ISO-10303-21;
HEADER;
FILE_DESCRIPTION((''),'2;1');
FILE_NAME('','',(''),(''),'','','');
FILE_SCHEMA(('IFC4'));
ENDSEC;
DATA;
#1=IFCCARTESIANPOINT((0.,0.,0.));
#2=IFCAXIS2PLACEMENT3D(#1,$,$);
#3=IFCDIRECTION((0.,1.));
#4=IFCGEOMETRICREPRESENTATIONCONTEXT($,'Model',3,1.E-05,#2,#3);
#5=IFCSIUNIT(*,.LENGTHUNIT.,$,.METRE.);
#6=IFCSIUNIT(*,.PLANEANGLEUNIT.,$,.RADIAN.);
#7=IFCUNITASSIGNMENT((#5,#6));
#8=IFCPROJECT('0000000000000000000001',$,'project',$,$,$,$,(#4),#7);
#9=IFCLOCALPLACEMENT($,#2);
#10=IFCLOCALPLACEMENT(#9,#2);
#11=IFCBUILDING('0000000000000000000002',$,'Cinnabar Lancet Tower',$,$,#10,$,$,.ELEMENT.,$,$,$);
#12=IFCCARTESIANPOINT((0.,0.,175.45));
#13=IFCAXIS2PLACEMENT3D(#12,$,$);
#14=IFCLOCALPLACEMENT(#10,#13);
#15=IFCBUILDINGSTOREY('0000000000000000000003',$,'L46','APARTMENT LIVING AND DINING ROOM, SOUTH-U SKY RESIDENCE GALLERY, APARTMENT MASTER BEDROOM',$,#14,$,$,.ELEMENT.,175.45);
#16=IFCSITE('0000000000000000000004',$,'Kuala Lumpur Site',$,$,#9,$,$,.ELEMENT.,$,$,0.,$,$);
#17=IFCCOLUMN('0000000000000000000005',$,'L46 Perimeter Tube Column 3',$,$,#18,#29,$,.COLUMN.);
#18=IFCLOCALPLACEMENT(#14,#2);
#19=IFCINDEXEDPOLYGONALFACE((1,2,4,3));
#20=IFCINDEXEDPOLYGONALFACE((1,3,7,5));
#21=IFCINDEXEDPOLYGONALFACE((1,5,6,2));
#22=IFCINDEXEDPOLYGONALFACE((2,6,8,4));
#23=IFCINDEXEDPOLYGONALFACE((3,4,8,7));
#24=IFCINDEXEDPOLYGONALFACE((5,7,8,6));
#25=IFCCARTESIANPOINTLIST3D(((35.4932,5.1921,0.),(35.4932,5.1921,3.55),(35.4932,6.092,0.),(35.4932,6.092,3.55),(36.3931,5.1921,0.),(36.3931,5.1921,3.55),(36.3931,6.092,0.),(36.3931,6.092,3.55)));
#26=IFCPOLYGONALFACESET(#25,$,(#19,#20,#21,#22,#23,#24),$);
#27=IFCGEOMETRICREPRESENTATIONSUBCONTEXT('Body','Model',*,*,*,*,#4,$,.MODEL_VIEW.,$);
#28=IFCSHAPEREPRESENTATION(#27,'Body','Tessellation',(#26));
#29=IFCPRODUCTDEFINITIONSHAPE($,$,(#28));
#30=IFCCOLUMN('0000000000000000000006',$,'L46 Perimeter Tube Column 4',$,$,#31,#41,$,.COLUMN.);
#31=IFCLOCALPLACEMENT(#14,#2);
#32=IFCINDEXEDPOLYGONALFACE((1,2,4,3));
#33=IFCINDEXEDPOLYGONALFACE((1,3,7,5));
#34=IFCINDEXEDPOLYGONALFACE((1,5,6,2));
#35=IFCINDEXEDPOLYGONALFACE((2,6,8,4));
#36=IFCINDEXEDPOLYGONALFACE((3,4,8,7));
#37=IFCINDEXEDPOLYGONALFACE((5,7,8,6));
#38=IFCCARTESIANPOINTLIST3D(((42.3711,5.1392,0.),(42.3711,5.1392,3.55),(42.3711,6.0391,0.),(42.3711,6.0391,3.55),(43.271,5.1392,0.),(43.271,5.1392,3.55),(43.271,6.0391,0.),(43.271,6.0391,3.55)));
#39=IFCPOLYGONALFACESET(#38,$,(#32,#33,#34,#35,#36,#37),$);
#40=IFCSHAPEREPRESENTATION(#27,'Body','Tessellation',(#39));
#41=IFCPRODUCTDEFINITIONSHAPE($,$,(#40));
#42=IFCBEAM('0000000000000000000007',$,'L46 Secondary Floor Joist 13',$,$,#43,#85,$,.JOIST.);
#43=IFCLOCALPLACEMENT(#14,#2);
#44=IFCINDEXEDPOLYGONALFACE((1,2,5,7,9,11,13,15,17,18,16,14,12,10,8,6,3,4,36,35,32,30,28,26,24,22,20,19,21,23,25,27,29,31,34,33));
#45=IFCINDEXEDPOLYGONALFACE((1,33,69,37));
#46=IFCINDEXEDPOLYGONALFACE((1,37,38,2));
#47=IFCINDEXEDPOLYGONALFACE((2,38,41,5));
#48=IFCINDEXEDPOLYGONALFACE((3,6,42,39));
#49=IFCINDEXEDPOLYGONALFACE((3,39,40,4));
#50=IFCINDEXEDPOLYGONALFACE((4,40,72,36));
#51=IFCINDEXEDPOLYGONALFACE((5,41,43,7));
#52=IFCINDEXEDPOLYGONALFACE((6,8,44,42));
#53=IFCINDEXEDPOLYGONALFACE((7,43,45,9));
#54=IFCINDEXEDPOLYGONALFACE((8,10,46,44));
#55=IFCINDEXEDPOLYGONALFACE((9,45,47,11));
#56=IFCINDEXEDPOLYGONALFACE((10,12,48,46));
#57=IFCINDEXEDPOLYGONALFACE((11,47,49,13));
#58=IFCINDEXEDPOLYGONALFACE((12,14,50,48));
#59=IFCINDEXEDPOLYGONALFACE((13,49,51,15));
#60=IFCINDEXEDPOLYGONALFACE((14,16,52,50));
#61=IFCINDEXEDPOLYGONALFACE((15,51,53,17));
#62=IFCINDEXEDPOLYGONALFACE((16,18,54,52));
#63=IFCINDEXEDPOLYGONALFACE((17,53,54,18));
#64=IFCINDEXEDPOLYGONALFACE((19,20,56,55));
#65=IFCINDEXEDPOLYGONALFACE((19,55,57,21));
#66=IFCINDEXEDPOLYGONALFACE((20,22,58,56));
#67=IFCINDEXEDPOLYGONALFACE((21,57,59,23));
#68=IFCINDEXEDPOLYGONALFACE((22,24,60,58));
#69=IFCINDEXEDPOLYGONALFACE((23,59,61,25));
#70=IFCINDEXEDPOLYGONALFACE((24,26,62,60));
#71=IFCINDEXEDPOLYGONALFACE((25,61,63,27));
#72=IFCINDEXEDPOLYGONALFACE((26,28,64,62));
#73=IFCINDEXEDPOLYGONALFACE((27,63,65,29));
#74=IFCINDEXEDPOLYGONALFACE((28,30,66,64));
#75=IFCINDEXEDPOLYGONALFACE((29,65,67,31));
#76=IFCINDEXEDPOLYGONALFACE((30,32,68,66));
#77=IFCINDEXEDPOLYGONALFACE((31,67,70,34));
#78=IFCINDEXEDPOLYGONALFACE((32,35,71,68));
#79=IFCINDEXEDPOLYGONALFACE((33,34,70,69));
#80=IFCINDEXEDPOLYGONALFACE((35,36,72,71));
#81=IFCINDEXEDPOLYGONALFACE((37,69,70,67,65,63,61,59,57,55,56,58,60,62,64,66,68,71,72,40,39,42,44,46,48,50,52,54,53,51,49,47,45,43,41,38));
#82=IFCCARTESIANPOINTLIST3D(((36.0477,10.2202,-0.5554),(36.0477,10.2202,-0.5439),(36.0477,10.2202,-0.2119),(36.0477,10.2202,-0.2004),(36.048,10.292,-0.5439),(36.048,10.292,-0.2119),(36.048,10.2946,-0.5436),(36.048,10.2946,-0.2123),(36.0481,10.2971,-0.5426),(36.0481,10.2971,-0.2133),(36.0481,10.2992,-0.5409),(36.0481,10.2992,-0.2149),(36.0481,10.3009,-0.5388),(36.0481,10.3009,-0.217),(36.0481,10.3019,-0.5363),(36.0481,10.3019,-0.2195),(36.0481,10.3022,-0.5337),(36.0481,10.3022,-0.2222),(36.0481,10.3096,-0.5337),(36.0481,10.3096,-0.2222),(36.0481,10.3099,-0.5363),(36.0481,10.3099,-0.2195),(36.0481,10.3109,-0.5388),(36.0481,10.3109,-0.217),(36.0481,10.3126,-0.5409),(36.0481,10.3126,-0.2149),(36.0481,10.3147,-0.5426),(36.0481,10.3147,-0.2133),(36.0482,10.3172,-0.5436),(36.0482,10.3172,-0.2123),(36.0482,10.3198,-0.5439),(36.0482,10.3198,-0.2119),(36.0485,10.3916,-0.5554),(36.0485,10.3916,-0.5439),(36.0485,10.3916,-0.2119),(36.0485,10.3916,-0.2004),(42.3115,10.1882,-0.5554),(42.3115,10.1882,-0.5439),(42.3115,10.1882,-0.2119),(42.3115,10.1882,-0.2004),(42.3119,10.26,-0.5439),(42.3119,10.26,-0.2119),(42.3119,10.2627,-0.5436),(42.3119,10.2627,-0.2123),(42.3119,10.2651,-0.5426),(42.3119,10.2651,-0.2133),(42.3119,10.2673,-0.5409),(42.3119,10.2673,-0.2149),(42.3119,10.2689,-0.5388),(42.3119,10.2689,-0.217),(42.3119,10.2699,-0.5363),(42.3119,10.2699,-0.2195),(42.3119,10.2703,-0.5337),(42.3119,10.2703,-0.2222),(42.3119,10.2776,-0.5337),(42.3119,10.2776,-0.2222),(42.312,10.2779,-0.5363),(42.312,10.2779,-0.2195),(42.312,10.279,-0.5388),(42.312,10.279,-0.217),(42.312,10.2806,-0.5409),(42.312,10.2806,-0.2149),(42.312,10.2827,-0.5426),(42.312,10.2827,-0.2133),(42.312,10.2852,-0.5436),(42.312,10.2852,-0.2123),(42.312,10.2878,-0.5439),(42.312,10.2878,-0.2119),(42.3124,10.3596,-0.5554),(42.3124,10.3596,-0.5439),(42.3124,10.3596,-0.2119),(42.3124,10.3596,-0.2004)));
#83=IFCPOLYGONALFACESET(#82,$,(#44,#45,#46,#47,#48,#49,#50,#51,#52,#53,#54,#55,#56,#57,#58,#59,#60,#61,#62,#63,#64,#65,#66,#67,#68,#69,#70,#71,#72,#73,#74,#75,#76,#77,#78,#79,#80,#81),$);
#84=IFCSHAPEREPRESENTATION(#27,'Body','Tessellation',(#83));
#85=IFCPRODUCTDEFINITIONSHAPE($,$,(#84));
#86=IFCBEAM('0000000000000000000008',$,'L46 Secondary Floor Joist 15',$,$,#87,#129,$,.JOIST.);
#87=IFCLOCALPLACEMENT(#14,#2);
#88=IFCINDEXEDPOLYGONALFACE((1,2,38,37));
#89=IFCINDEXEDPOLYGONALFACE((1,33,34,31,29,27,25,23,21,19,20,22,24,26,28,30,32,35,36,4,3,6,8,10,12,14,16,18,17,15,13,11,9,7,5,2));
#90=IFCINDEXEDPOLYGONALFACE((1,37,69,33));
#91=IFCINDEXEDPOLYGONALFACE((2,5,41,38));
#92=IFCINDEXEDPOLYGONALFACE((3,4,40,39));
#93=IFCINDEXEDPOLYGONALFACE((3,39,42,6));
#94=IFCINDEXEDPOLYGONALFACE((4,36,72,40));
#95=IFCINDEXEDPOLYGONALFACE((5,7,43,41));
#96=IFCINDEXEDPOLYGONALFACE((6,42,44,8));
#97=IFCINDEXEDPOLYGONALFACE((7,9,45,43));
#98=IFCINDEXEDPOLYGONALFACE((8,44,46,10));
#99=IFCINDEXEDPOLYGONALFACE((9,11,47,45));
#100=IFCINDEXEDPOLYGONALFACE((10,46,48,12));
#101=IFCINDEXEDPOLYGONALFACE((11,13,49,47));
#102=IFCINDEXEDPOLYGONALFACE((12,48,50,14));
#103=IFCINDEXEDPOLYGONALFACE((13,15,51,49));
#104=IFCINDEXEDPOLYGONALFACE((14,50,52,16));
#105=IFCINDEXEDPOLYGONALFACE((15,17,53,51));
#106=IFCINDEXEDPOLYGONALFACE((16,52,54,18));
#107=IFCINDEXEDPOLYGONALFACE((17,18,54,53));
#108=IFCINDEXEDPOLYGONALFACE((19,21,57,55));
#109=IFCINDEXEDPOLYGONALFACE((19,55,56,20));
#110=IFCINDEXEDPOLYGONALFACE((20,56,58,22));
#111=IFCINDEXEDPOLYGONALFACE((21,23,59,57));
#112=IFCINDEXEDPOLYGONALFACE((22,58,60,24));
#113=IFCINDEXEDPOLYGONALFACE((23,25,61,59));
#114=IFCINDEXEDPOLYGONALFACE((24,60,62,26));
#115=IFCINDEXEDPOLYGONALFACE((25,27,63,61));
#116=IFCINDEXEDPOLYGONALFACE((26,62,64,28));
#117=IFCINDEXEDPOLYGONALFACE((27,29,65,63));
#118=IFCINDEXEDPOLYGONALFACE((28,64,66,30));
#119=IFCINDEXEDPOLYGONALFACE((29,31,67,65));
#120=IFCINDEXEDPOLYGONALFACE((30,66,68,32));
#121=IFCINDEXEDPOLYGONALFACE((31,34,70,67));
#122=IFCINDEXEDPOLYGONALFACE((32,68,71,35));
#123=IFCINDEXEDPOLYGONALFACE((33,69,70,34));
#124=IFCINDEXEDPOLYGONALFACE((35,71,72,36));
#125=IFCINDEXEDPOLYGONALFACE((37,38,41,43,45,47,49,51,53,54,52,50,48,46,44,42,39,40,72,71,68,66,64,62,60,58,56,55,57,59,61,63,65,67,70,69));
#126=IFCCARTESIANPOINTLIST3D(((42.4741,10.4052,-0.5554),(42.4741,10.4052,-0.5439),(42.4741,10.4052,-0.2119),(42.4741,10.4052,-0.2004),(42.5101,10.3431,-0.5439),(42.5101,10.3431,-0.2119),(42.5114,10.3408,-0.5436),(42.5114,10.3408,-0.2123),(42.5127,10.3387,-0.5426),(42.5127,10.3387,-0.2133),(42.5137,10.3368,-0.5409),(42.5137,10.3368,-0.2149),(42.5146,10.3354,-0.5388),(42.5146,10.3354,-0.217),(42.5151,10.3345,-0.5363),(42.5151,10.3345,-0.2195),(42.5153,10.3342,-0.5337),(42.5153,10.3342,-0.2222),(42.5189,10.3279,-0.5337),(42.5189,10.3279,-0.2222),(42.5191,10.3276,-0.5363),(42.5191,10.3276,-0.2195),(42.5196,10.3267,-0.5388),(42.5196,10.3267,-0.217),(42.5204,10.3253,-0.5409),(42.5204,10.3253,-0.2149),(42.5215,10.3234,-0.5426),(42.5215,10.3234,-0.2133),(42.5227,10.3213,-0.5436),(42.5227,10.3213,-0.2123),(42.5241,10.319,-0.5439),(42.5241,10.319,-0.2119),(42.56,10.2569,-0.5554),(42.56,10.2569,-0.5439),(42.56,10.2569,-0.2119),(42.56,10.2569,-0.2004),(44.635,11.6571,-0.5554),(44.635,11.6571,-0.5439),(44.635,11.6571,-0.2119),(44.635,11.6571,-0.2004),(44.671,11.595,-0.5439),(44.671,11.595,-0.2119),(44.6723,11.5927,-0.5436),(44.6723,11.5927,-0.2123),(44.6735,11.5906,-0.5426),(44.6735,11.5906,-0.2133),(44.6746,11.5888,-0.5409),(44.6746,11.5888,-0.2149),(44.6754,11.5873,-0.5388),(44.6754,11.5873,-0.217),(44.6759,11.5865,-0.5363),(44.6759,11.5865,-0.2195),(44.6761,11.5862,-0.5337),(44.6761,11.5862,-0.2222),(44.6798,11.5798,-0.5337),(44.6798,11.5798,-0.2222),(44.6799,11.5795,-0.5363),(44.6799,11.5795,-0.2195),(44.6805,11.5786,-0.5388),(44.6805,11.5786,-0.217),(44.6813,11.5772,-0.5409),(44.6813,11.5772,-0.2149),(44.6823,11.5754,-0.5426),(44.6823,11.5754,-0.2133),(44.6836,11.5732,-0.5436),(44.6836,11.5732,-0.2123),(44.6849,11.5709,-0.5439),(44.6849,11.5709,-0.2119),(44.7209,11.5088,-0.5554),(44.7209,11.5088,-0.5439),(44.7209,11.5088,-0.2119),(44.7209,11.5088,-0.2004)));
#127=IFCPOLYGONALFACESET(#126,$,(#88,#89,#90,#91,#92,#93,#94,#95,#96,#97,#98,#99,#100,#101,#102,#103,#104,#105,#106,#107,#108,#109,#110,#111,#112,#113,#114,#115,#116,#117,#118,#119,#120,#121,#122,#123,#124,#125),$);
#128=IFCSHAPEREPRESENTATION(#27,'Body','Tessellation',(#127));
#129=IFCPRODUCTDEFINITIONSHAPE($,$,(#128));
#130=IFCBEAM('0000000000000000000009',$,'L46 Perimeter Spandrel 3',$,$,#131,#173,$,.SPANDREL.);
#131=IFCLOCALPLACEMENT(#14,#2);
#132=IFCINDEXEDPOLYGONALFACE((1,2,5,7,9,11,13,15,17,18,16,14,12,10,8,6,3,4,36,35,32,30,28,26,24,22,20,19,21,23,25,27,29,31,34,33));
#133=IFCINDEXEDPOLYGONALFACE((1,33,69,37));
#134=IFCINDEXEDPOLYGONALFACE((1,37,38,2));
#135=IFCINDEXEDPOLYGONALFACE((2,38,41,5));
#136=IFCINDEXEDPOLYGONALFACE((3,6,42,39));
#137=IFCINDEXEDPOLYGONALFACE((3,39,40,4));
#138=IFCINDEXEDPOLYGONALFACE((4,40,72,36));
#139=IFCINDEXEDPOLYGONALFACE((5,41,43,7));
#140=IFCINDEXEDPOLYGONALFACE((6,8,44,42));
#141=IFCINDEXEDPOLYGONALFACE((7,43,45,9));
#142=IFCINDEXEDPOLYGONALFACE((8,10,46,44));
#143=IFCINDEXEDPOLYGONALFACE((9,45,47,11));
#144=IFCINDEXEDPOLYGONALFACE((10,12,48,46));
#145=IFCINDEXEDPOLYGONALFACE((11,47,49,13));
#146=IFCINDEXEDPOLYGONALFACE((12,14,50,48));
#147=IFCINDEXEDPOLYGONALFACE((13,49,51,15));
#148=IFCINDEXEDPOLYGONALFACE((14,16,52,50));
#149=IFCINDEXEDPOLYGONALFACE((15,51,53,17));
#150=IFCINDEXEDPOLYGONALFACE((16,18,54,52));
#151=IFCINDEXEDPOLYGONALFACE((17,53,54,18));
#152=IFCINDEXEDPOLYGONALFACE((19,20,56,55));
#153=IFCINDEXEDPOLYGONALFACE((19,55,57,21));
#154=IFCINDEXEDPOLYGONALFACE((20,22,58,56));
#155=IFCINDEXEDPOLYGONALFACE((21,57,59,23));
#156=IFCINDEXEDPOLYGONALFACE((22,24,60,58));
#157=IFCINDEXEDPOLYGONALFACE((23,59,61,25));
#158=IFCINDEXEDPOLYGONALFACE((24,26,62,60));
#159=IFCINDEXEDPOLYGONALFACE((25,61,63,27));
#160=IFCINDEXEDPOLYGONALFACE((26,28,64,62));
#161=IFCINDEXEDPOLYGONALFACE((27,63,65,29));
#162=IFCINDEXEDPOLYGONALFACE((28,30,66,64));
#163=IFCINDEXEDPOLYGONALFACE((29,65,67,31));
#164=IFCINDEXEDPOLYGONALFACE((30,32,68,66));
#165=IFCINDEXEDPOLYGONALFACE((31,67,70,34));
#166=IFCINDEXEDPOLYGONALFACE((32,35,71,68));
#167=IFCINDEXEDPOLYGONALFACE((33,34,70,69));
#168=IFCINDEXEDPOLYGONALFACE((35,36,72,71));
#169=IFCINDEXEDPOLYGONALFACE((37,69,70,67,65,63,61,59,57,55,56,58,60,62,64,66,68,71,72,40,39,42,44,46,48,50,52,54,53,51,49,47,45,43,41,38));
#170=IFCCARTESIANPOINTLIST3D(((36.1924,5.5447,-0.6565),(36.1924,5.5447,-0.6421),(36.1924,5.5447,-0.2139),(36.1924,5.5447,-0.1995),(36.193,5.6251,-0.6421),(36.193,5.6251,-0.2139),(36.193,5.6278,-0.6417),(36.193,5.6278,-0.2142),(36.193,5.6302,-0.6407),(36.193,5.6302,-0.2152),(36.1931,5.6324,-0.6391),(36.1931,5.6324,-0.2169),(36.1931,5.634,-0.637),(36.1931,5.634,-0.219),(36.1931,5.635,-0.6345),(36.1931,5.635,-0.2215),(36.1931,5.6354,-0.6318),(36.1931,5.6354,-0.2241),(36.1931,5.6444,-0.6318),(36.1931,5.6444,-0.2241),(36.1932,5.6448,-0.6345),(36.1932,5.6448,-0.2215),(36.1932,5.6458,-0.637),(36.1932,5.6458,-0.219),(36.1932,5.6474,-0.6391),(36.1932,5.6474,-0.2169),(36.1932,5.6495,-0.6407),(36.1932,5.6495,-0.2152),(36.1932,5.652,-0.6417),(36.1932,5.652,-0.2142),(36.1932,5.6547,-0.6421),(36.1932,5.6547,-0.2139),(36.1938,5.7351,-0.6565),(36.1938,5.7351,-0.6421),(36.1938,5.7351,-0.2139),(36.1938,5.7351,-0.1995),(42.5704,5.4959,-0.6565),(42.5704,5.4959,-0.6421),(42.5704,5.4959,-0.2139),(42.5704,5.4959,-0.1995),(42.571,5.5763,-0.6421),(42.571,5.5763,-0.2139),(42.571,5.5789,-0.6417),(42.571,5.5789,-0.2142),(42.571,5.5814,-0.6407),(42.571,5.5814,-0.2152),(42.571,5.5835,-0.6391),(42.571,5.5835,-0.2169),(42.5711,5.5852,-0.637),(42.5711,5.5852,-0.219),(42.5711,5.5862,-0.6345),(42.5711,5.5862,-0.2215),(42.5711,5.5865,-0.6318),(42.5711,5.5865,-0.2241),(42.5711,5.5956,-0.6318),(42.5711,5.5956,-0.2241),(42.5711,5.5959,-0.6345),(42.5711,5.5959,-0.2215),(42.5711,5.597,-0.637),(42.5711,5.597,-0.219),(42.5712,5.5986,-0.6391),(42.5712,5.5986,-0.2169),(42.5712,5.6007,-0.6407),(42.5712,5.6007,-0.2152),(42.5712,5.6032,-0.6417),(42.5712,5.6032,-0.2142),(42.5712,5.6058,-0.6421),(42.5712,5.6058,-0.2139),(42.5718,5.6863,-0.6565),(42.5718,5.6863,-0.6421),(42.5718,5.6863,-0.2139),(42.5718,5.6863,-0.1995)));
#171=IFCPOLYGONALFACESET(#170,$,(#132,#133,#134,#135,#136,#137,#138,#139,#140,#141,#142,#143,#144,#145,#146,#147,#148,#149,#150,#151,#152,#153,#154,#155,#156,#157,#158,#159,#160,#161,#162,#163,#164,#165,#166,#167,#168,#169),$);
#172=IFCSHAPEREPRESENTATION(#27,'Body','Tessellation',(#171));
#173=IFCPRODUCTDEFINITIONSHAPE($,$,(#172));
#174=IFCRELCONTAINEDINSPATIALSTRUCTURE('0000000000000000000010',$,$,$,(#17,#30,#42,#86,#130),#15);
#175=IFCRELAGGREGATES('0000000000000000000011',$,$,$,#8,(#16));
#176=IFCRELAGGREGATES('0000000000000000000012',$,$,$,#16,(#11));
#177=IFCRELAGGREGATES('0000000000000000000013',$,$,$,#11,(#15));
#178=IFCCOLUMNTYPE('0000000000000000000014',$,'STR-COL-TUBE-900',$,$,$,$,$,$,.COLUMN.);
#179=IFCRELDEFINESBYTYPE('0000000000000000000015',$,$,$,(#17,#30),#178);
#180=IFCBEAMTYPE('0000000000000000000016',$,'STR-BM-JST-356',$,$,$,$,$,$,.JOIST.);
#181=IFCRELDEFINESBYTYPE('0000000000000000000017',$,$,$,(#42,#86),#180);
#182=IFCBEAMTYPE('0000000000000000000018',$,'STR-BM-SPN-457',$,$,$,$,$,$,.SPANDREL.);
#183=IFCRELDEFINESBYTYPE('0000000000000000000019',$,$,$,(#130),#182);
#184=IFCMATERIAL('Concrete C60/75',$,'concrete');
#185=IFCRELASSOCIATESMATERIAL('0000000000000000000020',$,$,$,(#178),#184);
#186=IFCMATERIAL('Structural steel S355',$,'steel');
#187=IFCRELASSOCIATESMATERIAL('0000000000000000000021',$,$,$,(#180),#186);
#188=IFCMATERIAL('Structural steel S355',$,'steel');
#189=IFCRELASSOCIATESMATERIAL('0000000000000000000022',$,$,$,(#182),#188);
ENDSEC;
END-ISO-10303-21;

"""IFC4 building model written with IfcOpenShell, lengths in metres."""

from ifc_helpers import new_model, si_unit, direction, frame, origin, origin_2d, place, context, subcontext, project, spatial, rectangle, i_section, extrude, material, material_profile, profile_set, type_object, element, save


model = new_model("IFC4")

# Units and contexts
model_context = context("Model", 3, precision=1e-05, world=origin(), true_north=direction((0.0, 1.0)))
body_context = subcontext(model_context, "Body", "Model", "MODEL_VIEW")
ifc_project = project(units=[si_unit("LENGTHUNIT", "METRE"), si_unit("PLANEANGLEUNIT", "RADIAN")], contexts=[model_context])

# Site, building, storey
site_placement = place(None, origin())
site = spatial("IfcSite", under=ifc_project, at=site_placement, Name="Kuala Lumpur Site", CompositionType="ELEMENT", RefElevation=0.0)
building_placement = place(site_placement, origin())
building = spatial("IfcBuilding", under=site, at=building_placement, Name="Cinnabar Lancet Tower", CompositionType="ELEMENT")
storey_placement = place(building_placement, frame((0.0, 0.0, 175.45)))
storey = spatial("IfcBuildingStorey", under=building, at=storey_placement, Name="L46", Description="APARTMENT LIVING AND DINING ROOM, SOUTH-U SKY RESIDENCE GALLERY, APARTMENT MASTER BEDROOM", CompositionType="ELEMENT", Elevation=175.45)

# Columns
ifc_material_1 = material(Name="Concrete C60/75", Category="concrete")
ifc_material_profile_1 = material_profile(ifc_material_1, rectangle(XDim=0.8999, YDim=0.8999, at=origin_2d()), Name="RC-COL 900x900")
ifc_profile_set_1 = profile_set([ifc_material_profile_1], Name="Concrete C60/75")
column_type = type_object("IfcColumnType", Name="STR-COL-TUBE-900", PredefinedType="COLUMN", material=ifc_profile_set_1)
for number, where, z_axis, x_axis, name in (
    (1, (35.9431, 5.6421, 0.0), (0.0, 0.0, 1.0), (1.0, 0.0, 0.0), "L46 Perimeter Tube Column 3"),
    (2, (42.821, 5.5891, 0.0), (0.0, 0.0, 1.0), (1.0, 0.0, 0.0), "L46 Perimeter Tube Column 4"),
):
    element("IfcColumn", number, at=place(storey_placement, frame(where, z_axis=z_axis, x_axis=x_axis)), inside=storey, type_object=column_type, Name=name, PredefinedType="COLUMN", context=body_context, shape_type="SweptSolid", body=[
        extrude(rectangle(XDim=0.8999, YDim=0.8999, at=origin_2d()), origin(), (0.0, 0.0, 1.0), 3.55),
    ])

# Beams
ifc_material_2 = material(Name="Structural steel S355", Category="steel")
ifc_material_profile_2 = material_profile(ifc_material_2, i_section(OverallWidth=0.1714, OverallDepth=0.355, WebThickness=0.0073, FlangeThickness=0.0115, FilletRadius=0.0103, at=origin_2d()), Name="UKB 356x171x51")
ifc_profile_set_2 = profile_set([ifc_material_profile_2], Name="Structural steel S355")
beam_type_1 = type_object("IfcBeamType", Name="STR-BM-JST-356", PredefinedType="JOIST", material=ifc_profile_set_2)
beam_1_placement = place(storey_placement, frame((36.0481, 10.3059, -0.3779), z_axis=(0.999987, -0.005106, 0.0), x_axis=(0.005106, 0.999987, 0.0)))
element("IfcBeam", 3, at=beam_1_placement, inside=storey, type_object=beam_type_1, Name="L46 Secondary Floor Joist 13", PredefinedType="JOIST", context=body_context, shape_type="SweptSolid", body=[
    extrude(i_section(OverallWidth=0.1714, OverallDepth=0.355, WebThickness=0.0073, FlangeThickness=0.0115, FilletRadius=0.0103, at=origin_2d()), origin(), (0.0, 0.0, 1.0), 6.2639),
])
beam_2_placement = place(storey_placement, frame((42.5171, 10.3311, -0.3779), z_axis=(0.865268, 0.50131, 0.0), x_axis=(-0.50131, 0.865268, 0.0)))
element("IfcBeam", 4, at=beam_2_placement, inside=storey, type_object=beam_type_1, Name="L46 Secondary Floor Joist 15", PredefinedType="JOIST", context=body_context, shape_type="SweptSolid", body=[
    extrude(i_section(OverallWidth=0.1714, OverallDepth=0.355, WebThickness=0.0073, FlangeThickness=0.0115, FilletRadius=0.0103, at=origin_2d()), origin(), (0.0, 0.0, 1.0), 2.4973),
])
ifc_material_3 = material(Name="Structural steel S355", Category="steel")
ifc_material_profile_3 = material_profile(ifc_material_3, i_section(OverallWidth=0.1904, OverallDepth=0.457, WebThickness=0.009, FlangeThickness=0.0144, FilletRadius=0.0103, at=origin_2d()), Name="UKB 457x191x74")
ifc_profile_set_3 = profile_set([ifc_material_profile_3], Name="Structural steel S355")
beam_type_2 = type_object("IfcBeamType", Name="STR-BM-SPN-457", PredefinedType="SPANDREL", material=ifc_profile_set_3)
beam_3_placement = place(storey_placement, frame((36.1931, 5.6399, -0.428), z_axis=(0.999971, -0.007656, 0.0), x_axis=(0.007656, 0.999971, 0.0)))
element("IfcBeam", 5, at=beam_3_placement, inside=storey, type_object=beam_type_2, Name="L46 Perimeter Spandrel 3", PredefinedType="SPANDREL", context=body_context, shape_type="SweptSolid", body=[
    extrude(i_section(OverallWidth=0.1904, OverallDepth=0.457, WebThickness=0.009, FlangeThickness=0.0144, FilletRadius=0.0103, at=origin_2d()), origin(), (0.0, 0.0, 1.0), 6.3782),
])

save(model, "model.ifc")
